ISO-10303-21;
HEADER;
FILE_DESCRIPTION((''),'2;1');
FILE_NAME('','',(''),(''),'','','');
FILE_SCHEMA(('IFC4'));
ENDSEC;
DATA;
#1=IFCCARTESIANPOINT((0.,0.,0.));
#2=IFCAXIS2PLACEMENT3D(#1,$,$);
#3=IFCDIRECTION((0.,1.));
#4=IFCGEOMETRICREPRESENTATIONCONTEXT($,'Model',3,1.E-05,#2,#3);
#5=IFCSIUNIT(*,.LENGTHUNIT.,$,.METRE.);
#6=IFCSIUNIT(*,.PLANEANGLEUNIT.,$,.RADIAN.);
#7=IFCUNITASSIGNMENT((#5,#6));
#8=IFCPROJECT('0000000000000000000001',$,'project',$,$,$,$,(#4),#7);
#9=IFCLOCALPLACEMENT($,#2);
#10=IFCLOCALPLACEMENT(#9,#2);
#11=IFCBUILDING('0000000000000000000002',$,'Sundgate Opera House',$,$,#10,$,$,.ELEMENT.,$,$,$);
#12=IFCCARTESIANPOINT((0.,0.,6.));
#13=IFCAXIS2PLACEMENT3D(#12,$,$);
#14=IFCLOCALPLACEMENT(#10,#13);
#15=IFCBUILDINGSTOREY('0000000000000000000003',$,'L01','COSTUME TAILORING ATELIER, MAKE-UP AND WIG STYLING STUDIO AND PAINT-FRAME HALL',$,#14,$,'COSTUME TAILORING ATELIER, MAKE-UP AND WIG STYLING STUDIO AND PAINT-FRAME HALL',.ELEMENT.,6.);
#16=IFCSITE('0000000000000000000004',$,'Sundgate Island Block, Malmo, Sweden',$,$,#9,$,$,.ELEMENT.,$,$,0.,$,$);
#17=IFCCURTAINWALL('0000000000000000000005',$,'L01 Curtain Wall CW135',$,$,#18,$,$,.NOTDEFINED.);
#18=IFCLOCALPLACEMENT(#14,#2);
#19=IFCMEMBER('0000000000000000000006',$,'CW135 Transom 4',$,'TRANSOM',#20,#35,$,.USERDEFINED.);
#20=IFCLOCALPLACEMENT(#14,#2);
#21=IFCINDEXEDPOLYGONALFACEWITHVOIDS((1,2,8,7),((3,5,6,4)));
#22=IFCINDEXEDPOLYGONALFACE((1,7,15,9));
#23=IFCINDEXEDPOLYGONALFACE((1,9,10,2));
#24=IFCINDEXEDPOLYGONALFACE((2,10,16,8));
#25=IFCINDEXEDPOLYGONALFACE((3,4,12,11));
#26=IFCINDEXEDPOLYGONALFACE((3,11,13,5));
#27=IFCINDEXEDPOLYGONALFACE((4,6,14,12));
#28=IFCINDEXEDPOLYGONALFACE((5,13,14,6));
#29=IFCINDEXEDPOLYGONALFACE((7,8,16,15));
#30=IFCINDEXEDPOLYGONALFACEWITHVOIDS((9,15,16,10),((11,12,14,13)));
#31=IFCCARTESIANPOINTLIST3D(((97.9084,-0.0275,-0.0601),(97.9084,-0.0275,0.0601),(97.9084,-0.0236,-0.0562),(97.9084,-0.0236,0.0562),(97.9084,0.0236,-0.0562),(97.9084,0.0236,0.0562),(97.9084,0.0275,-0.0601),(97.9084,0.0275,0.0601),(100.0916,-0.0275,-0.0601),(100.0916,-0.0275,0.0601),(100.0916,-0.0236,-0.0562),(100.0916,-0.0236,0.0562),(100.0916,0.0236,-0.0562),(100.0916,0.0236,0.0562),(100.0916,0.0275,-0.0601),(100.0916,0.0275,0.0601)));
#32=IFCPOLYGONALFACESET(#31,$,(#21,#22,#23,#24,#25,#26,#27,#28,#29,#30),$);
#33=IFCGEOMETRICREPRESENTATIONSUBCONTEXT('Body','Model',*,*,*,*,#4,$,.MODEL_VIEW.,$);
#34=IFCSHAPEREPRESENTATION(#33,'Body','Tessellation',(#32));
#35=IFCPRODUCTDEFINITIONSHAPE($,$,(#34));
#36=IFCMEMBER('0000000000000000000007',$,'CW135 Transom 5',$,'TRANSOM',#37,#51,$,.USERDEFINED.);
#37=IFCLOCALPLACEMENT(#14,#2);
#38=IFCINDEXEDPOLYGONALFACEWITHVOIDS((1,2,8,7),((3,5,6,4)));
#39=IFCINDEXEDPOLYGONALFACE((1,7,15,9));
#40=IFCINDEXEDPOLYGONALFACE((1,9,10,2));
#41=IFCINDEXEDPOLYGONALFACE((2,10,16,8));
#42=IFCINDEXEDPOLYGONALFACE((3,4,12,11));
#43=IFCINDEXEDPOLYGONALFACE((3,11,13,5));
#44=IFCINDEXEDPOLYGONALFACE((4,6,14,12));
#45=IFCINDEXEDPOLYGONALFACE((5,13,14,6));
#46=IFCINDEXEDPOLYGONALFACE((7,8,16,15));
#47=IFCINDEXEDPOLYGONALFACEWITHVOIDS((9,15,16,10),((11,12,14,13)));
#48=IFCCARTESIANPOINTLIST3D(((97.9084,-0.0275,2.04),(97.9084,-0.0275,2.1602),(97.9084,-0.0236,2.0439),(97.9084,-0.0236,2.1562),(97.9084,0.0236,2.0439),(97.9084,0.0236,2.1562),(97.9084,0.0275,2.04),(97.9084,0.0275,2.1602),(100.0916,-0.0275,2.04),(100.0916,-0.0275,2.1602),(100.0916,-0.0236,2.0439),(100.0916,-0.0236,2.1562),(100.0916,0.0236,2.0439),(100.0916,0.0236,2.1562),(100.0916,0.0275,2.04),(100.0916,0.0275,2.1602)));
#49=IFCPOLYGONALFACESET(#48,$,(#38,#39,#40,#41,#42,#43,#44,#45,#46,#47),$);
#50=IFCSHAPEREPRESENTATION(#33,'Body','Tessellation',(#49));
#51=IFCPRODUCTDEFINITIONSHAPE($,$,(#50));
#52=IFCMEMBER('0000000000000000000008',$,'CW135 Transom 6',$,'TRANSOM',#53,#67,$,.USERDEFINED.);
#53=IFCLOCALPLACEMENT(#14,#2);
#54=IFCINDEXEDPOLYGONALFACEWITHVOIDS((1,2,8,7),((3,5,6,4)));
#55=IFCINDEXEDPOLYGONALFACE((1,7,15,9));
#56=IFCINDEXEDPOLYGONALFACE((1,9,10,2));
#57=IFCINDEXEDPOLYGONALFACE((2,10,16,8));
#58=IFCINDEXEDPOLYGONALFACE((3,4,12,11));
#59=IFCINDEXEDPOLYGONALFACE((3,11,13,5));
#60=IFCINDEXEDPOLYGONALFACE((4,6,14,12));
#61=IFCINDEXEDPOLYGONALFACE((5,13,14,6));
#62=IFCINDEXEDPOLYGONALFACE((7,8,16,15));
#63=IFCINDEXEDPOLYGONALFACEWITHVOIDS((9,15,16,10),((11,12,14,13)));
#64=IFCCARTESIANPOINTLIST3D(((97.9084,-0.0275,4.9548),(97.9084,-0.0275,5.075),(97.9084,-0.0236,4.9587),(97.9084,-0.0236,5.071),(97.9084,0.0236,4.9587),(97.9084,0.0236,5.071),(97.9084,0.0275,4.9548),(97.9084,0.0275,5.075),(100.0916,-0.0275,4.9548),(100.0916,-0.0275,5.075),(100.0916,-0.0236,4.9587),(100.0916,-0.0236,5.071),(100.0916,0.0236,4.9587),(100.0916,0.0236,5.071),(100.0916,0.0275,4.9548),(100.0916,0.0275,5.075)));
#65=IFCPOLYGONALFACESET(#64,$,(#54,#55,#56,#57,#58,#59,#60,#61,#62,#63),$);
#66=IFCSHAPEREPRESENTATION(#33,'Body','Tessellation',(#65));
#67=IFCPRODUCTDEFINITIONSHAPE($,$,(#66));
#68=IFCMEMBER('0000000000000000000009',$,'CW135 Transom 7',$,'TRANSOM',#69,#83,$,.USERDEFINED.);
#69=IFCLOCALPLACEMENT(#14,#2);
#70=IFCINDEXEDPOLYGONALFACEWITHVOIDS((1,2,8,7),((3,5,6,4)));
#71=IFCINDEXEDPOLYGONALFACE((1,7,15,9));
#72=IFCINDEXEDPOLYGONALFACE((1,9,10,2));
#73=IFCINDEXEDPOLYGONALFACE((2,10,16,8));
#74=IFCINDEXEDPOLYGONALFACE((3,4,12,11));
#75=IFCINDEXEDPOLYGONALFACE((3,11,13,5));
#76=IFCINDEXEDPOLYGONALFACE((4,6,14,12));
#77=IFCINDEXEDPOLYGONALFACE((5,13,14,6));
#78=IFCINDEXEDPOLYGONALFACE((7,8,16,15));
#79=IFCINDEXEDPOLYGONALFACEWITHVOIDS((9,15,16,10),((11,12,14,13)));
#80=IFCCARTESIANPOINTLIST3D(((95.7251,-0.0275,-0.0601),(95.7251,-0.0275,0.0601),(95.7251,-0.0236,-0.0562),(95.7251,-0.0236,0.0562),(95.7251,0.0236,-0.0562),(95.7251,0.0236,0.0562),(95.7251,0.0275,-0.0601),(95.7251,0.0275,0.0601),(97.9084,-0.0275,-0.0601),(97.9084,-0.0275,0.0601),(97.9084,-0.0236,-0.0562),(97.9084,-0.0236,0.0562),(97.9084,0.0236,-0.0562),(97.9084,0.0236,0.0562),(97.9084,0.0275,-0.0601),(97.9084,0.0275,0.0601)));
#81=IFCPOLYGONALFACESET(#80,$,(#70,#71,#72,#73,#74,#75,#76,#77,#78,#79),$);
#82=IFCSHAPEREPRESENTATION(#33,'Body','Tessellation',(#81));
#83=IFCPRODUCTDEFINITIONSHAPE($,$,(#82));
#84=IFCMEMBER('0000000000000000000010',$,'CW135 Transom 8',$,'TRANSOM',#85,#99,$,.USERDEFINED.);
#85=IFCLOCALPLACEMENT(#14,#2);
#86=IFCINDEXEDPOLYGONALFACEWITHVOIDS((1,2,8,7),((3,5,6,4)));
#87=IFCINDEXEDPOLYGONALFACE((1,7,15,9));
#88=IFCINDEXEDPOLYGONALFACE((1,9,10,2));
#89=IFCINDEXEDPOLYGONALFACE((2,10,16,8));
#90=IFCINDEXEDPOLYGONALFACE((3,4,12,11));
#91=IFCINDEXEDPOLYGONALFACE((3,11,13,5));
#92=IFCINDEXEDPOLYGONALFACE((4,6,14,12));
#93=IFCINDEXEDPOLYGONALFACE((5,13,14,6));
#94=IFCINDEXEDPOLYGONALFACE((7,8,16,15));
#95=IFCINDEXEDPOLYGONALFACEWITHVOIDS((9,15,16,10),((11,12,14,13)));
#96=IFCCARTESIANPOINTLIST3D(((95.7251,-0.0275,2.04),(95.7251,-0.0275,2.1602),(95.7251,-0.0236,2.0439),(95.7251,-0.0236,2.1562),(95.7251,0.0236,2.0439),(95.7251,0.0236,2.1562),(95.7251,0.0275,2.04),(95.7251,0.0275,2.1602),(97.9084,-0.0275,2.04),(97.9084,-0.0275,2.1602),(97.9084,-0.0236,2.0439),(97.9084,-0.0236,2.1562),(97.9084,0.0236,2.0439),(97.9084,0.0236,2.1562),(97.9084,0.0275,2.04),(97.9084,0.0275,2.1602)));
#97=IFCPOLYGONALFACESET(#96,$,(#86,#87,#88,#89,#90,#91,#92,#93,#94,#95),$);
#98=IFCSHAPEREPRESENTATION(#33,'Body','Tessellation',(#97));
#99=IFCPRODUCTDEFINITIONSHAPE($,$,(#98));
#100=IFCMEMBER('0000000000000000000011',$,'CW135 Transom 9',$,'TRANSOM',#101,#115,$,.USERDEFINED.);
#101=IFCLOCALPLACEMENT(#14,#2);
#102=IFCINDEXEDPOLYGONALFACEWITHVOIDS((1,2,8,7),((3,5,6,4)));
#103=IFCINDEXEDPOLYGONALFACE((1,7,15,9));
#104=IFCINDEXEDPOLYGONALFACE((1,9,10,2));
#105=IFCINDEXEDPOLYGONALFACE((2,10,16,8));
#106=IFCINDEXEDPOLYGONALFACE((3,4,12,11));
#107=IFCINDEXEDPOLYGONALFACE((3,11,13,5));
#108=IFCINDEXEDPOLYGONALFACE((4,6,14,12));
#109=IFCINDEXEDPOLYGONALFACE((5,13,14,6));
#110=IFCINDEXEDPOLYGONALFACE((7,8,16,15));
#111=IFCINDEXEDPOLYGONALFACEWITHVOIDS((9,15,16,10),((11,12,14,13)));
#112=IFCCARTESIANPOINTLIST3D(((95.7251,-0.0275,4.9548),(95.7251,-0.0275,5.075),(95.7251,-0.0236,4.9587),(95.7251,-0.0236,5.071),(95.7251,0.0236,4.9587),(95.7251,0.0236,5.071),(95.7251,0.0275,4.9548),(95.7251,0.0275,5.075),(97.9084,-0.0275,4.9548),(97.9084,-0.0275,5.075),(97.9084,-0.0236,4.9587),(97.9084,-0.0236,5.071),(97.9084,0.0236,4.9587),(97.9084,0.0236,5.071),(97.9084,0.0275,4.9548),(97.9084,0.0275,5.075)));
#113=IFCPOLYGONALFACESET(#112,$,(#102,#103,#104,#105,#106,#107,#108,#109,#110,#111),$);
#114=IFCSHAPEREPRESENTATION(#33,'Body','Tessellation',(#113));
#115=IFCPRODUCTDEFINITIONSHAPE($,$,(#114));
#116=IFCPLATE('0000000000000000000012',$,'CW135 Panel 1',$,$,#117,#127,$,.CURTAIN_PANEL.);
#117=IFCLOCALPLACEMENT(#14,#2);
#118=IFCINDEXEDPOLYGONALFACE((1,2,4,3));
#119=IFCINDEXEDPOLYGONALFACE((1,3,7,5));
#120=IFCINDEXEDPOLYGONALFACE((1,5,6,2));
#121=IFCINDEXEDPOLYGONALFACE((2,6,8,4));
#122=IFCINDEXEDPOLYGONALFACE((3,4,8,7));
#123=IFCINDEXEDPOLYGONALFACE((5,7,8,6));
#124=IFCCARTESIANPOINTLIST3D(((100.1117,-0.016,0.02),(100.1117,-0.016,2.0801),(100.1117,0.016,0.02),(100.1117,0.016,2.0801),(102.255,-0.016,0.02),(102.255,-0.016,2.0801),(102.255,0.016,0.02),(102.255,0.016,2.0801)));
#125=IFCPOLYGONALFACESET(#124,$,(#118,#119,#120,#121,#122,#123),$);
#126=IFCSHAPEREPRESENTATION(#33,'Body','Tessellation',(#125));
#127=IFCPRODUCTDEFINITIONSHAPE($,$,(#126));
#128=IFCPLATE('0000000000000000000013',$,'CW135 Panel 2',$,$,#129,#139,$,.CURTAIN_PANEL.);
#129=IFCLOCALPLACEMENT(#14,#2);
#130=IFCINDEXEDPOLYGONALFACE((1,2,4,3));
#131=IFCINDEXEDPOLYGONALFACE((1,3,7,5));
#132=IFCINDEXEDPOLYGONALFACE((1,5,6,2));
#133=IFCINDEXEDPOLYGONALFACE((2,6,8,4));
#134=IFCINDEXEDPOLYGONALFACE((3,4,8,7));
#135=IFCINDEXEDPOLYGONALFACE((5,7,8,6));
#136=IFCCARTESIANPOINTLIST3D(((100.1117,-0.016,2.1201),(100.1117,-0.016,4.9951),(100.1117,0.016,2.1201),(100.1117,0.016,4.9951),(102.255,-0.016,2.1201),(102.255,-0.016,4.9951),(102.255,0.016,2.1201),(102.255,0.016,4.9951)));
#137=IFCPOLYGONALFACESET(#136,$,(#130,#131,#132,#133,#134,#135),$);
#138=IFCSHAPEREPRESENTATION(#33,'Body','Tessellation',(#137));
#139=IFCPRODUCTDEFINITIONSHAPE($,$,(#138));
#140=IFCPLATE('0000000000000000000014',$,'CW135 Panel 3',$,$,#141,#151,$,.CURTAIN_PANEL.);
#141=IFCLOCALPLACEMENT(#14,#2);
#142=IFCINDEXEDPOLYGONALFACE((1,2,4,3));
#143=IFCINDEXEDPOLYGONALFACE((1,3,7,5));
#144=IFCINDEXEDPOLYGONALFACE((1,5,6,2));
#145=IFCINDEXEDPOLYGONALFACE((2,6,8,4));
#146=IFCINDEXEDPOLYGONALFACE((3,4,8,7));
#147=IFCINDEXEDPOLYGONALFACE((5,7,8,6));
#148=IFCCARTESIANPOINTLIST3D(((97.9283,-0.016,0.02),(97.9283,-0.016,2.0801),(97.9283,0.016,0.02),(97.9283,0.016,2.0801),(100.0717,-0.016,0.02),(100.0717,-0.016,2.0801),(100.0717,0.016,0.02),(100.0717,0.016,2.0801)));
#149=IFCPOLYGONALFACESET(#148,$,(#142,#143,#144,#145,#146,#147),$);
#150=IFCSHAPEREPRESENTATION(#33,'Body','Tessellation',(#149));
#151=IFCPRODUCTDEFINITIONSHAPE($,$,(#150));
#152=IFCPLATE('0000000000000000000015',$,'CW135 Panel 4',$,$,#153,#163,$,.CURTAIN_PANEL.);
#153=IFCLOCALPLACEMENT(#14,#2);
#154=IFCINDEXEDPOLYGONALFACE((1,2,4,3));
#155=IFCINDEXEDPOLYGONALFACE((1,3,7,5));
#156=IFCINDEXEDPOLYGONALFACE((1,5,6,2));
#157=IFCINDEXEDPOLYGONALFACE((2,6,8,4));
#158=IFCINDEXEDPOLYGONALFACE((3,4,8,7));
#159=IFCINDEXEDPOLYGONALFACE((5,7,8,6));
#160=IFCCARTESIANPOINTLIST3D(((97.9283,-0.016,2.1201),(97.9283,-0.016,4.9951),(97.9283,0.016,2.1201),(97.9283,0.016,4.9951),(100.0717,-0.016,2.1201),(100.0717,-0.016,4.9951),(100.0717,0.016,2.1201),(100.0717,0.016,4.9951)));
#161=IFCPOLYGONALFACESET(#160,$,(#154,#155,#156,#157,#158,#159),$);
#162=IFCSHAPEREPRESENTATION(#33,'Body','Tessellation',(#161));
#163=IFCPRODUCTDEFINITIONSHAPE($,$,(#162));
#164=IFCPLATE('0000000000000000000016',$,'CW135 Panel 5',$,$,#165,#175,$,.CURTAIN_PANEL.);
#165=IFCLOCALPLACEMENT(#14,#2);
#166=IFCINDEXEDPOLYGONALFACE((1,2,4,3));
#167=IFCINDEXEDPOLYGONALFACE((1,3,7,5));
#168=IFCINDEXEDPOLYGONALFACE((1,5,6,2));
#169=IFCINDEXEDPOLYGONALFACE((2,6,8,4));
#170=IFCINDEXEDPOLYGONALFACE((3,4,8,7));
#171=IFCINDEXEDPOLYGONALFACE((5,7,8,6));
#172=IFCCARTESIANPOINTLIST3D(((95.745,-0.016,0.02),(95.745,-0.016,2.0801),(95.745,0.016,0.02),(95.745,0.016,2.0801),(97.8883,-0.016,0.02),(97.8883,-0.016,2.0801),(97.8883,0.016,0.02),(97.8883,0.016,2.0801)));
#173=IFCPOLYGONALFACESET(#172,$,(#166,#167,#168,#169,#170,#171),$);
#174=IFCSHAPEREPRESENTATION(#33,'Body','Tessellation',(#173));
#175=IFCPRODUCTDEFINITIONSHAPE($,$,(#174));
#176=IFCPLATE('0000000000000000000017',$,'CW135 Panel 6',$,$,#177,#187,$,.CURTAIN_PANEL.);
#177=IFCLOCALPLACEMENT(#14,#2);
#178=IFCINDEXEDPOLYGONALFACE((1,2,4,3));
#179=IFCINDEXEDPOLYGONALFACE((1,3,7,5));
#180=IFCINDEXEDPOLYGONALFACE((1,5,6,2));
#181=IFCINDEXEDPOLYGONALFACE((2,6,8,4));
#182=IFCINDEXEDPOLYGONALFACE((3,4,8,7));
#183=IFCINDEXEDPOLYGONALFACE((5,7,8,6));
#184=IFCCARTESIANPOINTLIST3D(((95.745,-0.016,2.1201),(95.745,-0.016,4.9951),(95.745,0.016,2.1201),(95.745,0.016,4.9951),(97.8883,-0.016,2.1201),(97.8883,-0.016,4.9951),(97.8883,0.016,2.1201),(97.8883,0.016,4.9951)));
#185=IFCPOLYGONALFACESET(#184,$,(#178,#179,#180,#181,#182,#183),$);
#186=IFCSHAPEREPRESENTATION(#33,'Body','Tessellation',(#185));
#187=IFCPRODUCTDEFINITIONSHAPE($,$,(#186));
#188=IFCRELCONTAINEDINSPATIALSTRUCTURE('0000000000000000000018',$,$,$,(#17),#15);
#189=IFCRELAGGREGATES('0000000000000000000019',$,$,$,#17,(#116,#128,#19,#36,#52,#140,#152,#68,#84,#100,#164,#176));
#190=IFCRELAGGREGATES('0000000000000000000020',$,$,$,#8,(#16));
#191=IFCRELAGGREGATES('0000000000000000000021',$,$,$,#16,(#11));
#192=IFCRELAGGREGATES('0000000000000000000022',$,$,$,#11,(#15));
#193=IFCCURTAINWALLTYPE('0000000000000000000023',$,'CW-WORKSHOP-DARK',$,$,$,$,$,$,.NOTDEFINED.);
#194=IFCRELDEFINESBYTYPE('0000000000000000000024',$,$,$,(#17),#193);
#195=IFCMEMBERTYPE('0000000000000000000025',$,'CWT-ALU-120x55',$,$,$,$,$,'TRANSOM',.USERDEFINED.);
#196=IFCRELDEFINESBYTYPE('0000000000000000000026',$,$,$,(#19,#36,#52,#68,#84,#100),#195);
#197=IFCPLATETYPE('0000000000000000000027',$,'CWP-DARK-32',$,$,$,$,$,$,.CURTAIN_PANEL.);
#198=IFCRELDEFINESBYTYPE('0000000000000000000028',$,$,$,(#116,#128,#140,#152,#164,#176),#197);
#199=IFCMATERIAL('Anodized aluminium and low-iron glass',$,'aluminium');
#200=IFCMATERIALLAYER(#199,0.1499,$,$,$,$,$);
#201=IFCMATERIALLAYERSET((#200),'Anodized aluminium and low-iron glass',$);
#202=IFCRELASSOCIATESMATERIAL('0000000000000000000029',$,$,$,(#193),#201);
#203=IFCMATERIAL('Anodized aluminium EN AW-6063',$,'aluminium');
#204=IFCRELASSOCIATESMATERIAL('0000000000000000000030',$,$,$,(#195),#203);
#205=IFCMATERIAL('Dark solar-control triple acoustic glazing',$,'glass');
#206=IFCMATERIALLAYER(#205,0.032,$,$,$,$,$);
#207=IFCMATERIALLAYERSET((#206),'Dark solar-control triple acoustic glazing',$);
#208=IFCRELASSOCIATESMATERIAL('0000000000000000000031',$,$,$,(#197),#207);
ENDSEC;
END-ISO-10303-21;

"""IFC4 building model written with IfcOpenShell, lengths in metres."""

from ifc_helpers import new_model, si_unit, direction, frame, origin, origin_2d, place, context, subcontext, project, spatial, rectangle, hollow_rectangle, extrude, material, layer, layer_set, material_profile, profile_set, type_object, element, aggregate, save


model = new_model("IFC4")

# Units and contexts
model_context = context("Model", 3, precision=1e-05, world=origin(), true_north=direction((0.0, 1.0)))
body_context = subcontext(model_context, "Body", "Model", "MODEL_VIEW")
ifc_project = project(units=[si_unit("LENGTHUNIT", "METRE"), si_unit("PLANEANGLEUNIT", "RADIAN")], contexts=[model_context])

# Site, building, storey
site_placement = place(None, origin())
site = spatial("IfcSite", under=ifc_project, at=site_placement, Name="Sundgate Island Block, Malmo, Sweden", CompositionType="ELEMENT", RefElevation=0.0)
building_placement = place(site_placement, origin())
building = spatial("IfcBuilding", under=site, at=building_placement, Name="Sundgate Opera House", CompositionType="ELEMENT")
storey_placement = place(building_placement, frame((0.0, 0.0, 6.0)))
storey = spatial("IfcBuildingStorey", under=building, at=storey_placement, Name="L01", Description="COSTUME TAILORING ATELIER, MAKE-UP AND WIG STYLING STUDIO AND PAINT-FRAME HALL", LongName="COSTUME TAILORING ATELIER, MAKE-UP AND WIG STYLING STUDIO AND PAINT-FRAME HALL", CompositionType="ELEMENT", Elevation=6.0)

# Curtain wall, members, plates
ifc_material_1 = material(Name="Anodized aluminium and low-iron glass", Category="aluminium")
ifc_layer_1 = layer(ifc_material_1, 0.1499)
ifc_layer_set_1 = layer_set([ifc_layer_1], Name="Anodized aluminium and low-iron glass")
curtain_wall_type = type_object("IfcCurtainWallType", Name="CW-WORKSHOP-DARK", PredefinedType="NOTDEFINED", material=ifc_layer_set_1)
curtain_wall_placement = place(storey_placement, origin())
curtain_wall = element("IfcCurtainWall", 1, at=curtain_wall_placement, inside=storey, type_object=curtain_wall_type, Name="L01 Curtain Wall CW135", PredefinedType="NOTDEFINED")
ifc_material_2 = material(Name="Anodized aluminium EN AW-6063", Category="aluminium")
ifc_material_profile_1 = material_profile(ifc_material_2, hollow_rectangle(XDim=0.0549, YDim=0.1201, WallThickness=0.0039, at=origin_2d()), Name="CWT 120x55x4")
ifc_profile_set_1 = profile_set([ifc_material_profile_1], Name="Anodized aluminium EN AW-6063")
member_type_1 = type_object("IfcMemberType", Name="CWT-ALU-120x55", ElementType="TRANSOM", PredefinedType="USERDEFINED", material=ifc_profile_set_1)
member_1_placement = place(storey_placement, frame((100.0916, 0.0, 0.0), z_axis=(-1.0, 0.0, 0.0), x_axis=(0.0, -1.0, 0.0)))
member_1 = element("IfcMember", 2, at=member_1_placement, type_object=member_type_1, Name="CW135 Transom 4", ObjectType="TRANSOM", PredefinedType="USERDEFINED", context=body_context, shape_type="SweptSolid", body=[
    extrude(hollow_rectangle(XDim=0.0549, YDim=0.1201, WallThickness=0.0039, at=origin_2d()), origin(), (0.0, 0.0, 1.0), 2.1831),
])
member_2_placement = place(storey_placement, frame((100.0916, 0.0, 2.1001), z_axis=(-1.0, 0.0, 0.0), x_axis=(0.0, -1.0, 0.0)))
member_2 = element("IfcMember", 3, at=member_2_placement, type_object=member_type_1, Name="CW135 Transom 5", ObjectType="TRANSOM", PredefinedType="USERDEFINED", context=body_context, shape_type="SweptSolid", body=[
    extrude(hollow_rectangle(XDim=0.0549, YDim=0.1201, WallThickness=0.0039, at=origin_2d()), origin(), (0.0, 0.0, 1.0), 2.1831),
])
member_3_placement = place(storey_placement, frame((100.0916, 0.0, 5.0149), z_axis=(-1.0, 0.0, 0.0), x_axis=(0.0, -1.0, 0.0)))
member_3 = element("IfcMember", 4, at=member_3_placement, type_object=member_type_1, Name="CW135 Transom 6", ObjectType="TRANSOM", PredefinedType="USERDEFINED", context=body_context, shape_type="SweptSolid", body=[
    extrude(hollow_rectangle(XDim=0.0549, YDim=0.1201, WallThickness=0.0039, at=origin_2d()), origin(), (0.0, 0.0, 1.0), 2.1831),
])
member_4_placement = place(storey_placement, frame((97.9084, 0.0, 0.0), z_axis=(-1.0, 0.0, 0.0), x_axis=(0.0, -1.0, 0.0)))
member_4 = element("IfcMember", 5, at=member_4_placement, type_object=member_type_1, Name="CW135 Transom 7", ObjectType="TRANSOM", PredefinedType="USERDEFINED", context=body_context, shape_type="SweptSolid", body=[
    extrude(hollow_rectangle(XDim=0.0549, YDim=0.1201, WallThickness=0.0039, at=origin_2d()), origin(), (0.0, 0.0, 1.0), 2.1833),
])
member_5_placement = place(storey_placement, frame((97.9084, 0.0, 2.1001), z_axis=(-1.0, 0.0, 0.0), x_axis=(0.0, -1.0, 0.0)))
member_5 = element("IfcMember", 6, at=member_5_placement, type_object=member_type_1, Name="CW135 Transom 8", ObjectType="TRANSOM", PredefinedType="USERDEFINED", context=body_context, shape_type="SweptSolid", body=[
    extrude(hollow_rectangle(XDim=0.0549, YDim=0.1201, WallThickness=0.0039, at=origin_2d()), origin(), (0.0, 0.0, 1.0), 2.1833),
])
member_6_placement = place(storey_placement, frame((97.9084, 0.0, 5.0149), z_axis=(-1.0, 0.0, 0.0), x_axis=(0.0, -1.0, 0.0)))
member_6 = element("IfcMember", 7, at=member_6_placement, type_object=member_type_1, Name="CW135 Transom 9", ObjectType="TRANSOM", PredefinedType="USERDEFINED", context=body_context, shape_type="SweptSolid", body=[
    extrude(hollow_rectangle(XDim=0.0549, YDim=0.1201, WallThickness=0.0039, at=origin_2d()), origin(), (0.0, 0.0, 1.0), 2.1833),
])
ifc_material_3 = material(Name="Dark solar-control triple acoustic glazing", Category="glass")
ifc_layer_2 = layer(ifc_material_3, 0.032)
ifc_layer_set_2 = layer_set([ifc_layer_2], Name="Dark solar-control triple acoustic glazing")
plate_type = type_object("IfcPlateType", Name="CWP-DARK-32", PredefinedType="CURTAIN_PANEL", material=ifc_layer_set_2)
plate_1_placement = place(storey_placement, frame((101.1833, 0.0, 0.02), z_axis=(0.0, 0.0, 1.0), x_axis=(-1.0, 0.0, 0.0)))
plate_1 = element("IfcPlate", 8, at=plate_1_placement, type_object=plate_type, Name="CW135 Panel 1", PredefinedType="CURTAIN_PANEL", context=body_context, shape_type="SweptSolid", body=[
    extrude(rectangle(XDim=2.1433, YDim=0.032, at=origin_2d()), origin(), (0.0, 0.0, 1.0), 2.0601),
])
plate_2_placement = place(storey_placement, frame((101.1833, 0.0, 2.1201), z_axis=(0.0, 0.0, 1.0), x_axis=(-1.0, 0.0, 0.0)))
plate_2 = element("IfcPlate", 9, at=plate_2_placement, type_object=plate_type, Name="CW135 Panel 2", PredefinedType="CURTAIN_PANEL", context=body_context, shape_type="SweptSolid", body=[
    extrude(rectangle(XDim=2.1433, YDim=0.032, at=origin_2d()), origin(), (0.0, 0.0, 1.0), 2.875),
])
plate_3_placement = place(storey_placement, frame((99.0, 0.0, 0.02), z_axis=(0.0, 0.0, 1.0), x_axis=(-1.0, 0.0, 0.0)))
plate_3 = element("IfcPlate", 10, at=plate_3_placement, type_object=plate_type, Name="CW135 Panel 3", PredefinedType="CURTAIN_PANEL", context=body_context, shape_type="SweptSolid", body=[
    extrude(rectangle(XDim=2.1433, YDim=0.032, at=origin_2d()), origin(), (0.0, 0.0, 1.0), 2.0601),
])
plate_4_placement = place(storey_placement, frame((99.0, 0.0, 2.1201), z_axis=(0.0, 0.0, 1.0), x_axis=(-1.0, 0.0, 0.0)))
plate_4 = element("IfcPlate", 11, at=plate_4_placement, type_object=plate_type, Name="CW135 Panel 4", PredefinedType="CURTAIN_PANEL", context=body_context, shape_type="SweptSolid", body=[
    extrude(rectangle(XDim=2.1433, YDim=0.032, at=origin_2d()), origin(), (0.0, 0.0, 1.0), 2.875),
])
plate_5_placement = place(storey_placement, frame((96.8167, 0.0, 0.02), z_axis=(0.0, 0.0, 1.0), x_axis=(-1.0, 0.0, 0.0)))
plate_5 = element("IfcPlate", 12, at=plate_5_placement, type_object=plate_type, Name="CW135 Panel 5", PredefinedType="CURTAIN_PANEL", context=body_context, shape_type="SweptSolid", body=[
    extrude(rectangle(XDim=2.1433, YDim=0.032, at=origin_2d()), origin(), (0.0, 0.0, 1.0), 2.0601),
])
plate_6_placement = place(storey_placement, frame((96.8167, 0.0, 2.1201), z_axis=(0.0, 0.0, 1.0), x_axis=(-1.0, 0.0, 0.0)))
plate_6 = element("IfcPlate", 13, at=plate_6_placement, type_object=plate_type, Name="CW135 Panel 6", PredefinedType="CURTAIN_PANEL", context=body_context, shape_type="SweptSolid", body=[
    extrude(rectangle(XDim=2.1433, YDim=0.032, at=origin_2d()), origin(), (0.0, 0.0, 1.0), 2.875),
])
aggregate(curtain_wall, [plate_1, plate_2, member_1, member_2, member_3, plate_3, plate_4, member_4, member_5, member_6, plate_5, plate_6])

save(model, "model.ifc")
